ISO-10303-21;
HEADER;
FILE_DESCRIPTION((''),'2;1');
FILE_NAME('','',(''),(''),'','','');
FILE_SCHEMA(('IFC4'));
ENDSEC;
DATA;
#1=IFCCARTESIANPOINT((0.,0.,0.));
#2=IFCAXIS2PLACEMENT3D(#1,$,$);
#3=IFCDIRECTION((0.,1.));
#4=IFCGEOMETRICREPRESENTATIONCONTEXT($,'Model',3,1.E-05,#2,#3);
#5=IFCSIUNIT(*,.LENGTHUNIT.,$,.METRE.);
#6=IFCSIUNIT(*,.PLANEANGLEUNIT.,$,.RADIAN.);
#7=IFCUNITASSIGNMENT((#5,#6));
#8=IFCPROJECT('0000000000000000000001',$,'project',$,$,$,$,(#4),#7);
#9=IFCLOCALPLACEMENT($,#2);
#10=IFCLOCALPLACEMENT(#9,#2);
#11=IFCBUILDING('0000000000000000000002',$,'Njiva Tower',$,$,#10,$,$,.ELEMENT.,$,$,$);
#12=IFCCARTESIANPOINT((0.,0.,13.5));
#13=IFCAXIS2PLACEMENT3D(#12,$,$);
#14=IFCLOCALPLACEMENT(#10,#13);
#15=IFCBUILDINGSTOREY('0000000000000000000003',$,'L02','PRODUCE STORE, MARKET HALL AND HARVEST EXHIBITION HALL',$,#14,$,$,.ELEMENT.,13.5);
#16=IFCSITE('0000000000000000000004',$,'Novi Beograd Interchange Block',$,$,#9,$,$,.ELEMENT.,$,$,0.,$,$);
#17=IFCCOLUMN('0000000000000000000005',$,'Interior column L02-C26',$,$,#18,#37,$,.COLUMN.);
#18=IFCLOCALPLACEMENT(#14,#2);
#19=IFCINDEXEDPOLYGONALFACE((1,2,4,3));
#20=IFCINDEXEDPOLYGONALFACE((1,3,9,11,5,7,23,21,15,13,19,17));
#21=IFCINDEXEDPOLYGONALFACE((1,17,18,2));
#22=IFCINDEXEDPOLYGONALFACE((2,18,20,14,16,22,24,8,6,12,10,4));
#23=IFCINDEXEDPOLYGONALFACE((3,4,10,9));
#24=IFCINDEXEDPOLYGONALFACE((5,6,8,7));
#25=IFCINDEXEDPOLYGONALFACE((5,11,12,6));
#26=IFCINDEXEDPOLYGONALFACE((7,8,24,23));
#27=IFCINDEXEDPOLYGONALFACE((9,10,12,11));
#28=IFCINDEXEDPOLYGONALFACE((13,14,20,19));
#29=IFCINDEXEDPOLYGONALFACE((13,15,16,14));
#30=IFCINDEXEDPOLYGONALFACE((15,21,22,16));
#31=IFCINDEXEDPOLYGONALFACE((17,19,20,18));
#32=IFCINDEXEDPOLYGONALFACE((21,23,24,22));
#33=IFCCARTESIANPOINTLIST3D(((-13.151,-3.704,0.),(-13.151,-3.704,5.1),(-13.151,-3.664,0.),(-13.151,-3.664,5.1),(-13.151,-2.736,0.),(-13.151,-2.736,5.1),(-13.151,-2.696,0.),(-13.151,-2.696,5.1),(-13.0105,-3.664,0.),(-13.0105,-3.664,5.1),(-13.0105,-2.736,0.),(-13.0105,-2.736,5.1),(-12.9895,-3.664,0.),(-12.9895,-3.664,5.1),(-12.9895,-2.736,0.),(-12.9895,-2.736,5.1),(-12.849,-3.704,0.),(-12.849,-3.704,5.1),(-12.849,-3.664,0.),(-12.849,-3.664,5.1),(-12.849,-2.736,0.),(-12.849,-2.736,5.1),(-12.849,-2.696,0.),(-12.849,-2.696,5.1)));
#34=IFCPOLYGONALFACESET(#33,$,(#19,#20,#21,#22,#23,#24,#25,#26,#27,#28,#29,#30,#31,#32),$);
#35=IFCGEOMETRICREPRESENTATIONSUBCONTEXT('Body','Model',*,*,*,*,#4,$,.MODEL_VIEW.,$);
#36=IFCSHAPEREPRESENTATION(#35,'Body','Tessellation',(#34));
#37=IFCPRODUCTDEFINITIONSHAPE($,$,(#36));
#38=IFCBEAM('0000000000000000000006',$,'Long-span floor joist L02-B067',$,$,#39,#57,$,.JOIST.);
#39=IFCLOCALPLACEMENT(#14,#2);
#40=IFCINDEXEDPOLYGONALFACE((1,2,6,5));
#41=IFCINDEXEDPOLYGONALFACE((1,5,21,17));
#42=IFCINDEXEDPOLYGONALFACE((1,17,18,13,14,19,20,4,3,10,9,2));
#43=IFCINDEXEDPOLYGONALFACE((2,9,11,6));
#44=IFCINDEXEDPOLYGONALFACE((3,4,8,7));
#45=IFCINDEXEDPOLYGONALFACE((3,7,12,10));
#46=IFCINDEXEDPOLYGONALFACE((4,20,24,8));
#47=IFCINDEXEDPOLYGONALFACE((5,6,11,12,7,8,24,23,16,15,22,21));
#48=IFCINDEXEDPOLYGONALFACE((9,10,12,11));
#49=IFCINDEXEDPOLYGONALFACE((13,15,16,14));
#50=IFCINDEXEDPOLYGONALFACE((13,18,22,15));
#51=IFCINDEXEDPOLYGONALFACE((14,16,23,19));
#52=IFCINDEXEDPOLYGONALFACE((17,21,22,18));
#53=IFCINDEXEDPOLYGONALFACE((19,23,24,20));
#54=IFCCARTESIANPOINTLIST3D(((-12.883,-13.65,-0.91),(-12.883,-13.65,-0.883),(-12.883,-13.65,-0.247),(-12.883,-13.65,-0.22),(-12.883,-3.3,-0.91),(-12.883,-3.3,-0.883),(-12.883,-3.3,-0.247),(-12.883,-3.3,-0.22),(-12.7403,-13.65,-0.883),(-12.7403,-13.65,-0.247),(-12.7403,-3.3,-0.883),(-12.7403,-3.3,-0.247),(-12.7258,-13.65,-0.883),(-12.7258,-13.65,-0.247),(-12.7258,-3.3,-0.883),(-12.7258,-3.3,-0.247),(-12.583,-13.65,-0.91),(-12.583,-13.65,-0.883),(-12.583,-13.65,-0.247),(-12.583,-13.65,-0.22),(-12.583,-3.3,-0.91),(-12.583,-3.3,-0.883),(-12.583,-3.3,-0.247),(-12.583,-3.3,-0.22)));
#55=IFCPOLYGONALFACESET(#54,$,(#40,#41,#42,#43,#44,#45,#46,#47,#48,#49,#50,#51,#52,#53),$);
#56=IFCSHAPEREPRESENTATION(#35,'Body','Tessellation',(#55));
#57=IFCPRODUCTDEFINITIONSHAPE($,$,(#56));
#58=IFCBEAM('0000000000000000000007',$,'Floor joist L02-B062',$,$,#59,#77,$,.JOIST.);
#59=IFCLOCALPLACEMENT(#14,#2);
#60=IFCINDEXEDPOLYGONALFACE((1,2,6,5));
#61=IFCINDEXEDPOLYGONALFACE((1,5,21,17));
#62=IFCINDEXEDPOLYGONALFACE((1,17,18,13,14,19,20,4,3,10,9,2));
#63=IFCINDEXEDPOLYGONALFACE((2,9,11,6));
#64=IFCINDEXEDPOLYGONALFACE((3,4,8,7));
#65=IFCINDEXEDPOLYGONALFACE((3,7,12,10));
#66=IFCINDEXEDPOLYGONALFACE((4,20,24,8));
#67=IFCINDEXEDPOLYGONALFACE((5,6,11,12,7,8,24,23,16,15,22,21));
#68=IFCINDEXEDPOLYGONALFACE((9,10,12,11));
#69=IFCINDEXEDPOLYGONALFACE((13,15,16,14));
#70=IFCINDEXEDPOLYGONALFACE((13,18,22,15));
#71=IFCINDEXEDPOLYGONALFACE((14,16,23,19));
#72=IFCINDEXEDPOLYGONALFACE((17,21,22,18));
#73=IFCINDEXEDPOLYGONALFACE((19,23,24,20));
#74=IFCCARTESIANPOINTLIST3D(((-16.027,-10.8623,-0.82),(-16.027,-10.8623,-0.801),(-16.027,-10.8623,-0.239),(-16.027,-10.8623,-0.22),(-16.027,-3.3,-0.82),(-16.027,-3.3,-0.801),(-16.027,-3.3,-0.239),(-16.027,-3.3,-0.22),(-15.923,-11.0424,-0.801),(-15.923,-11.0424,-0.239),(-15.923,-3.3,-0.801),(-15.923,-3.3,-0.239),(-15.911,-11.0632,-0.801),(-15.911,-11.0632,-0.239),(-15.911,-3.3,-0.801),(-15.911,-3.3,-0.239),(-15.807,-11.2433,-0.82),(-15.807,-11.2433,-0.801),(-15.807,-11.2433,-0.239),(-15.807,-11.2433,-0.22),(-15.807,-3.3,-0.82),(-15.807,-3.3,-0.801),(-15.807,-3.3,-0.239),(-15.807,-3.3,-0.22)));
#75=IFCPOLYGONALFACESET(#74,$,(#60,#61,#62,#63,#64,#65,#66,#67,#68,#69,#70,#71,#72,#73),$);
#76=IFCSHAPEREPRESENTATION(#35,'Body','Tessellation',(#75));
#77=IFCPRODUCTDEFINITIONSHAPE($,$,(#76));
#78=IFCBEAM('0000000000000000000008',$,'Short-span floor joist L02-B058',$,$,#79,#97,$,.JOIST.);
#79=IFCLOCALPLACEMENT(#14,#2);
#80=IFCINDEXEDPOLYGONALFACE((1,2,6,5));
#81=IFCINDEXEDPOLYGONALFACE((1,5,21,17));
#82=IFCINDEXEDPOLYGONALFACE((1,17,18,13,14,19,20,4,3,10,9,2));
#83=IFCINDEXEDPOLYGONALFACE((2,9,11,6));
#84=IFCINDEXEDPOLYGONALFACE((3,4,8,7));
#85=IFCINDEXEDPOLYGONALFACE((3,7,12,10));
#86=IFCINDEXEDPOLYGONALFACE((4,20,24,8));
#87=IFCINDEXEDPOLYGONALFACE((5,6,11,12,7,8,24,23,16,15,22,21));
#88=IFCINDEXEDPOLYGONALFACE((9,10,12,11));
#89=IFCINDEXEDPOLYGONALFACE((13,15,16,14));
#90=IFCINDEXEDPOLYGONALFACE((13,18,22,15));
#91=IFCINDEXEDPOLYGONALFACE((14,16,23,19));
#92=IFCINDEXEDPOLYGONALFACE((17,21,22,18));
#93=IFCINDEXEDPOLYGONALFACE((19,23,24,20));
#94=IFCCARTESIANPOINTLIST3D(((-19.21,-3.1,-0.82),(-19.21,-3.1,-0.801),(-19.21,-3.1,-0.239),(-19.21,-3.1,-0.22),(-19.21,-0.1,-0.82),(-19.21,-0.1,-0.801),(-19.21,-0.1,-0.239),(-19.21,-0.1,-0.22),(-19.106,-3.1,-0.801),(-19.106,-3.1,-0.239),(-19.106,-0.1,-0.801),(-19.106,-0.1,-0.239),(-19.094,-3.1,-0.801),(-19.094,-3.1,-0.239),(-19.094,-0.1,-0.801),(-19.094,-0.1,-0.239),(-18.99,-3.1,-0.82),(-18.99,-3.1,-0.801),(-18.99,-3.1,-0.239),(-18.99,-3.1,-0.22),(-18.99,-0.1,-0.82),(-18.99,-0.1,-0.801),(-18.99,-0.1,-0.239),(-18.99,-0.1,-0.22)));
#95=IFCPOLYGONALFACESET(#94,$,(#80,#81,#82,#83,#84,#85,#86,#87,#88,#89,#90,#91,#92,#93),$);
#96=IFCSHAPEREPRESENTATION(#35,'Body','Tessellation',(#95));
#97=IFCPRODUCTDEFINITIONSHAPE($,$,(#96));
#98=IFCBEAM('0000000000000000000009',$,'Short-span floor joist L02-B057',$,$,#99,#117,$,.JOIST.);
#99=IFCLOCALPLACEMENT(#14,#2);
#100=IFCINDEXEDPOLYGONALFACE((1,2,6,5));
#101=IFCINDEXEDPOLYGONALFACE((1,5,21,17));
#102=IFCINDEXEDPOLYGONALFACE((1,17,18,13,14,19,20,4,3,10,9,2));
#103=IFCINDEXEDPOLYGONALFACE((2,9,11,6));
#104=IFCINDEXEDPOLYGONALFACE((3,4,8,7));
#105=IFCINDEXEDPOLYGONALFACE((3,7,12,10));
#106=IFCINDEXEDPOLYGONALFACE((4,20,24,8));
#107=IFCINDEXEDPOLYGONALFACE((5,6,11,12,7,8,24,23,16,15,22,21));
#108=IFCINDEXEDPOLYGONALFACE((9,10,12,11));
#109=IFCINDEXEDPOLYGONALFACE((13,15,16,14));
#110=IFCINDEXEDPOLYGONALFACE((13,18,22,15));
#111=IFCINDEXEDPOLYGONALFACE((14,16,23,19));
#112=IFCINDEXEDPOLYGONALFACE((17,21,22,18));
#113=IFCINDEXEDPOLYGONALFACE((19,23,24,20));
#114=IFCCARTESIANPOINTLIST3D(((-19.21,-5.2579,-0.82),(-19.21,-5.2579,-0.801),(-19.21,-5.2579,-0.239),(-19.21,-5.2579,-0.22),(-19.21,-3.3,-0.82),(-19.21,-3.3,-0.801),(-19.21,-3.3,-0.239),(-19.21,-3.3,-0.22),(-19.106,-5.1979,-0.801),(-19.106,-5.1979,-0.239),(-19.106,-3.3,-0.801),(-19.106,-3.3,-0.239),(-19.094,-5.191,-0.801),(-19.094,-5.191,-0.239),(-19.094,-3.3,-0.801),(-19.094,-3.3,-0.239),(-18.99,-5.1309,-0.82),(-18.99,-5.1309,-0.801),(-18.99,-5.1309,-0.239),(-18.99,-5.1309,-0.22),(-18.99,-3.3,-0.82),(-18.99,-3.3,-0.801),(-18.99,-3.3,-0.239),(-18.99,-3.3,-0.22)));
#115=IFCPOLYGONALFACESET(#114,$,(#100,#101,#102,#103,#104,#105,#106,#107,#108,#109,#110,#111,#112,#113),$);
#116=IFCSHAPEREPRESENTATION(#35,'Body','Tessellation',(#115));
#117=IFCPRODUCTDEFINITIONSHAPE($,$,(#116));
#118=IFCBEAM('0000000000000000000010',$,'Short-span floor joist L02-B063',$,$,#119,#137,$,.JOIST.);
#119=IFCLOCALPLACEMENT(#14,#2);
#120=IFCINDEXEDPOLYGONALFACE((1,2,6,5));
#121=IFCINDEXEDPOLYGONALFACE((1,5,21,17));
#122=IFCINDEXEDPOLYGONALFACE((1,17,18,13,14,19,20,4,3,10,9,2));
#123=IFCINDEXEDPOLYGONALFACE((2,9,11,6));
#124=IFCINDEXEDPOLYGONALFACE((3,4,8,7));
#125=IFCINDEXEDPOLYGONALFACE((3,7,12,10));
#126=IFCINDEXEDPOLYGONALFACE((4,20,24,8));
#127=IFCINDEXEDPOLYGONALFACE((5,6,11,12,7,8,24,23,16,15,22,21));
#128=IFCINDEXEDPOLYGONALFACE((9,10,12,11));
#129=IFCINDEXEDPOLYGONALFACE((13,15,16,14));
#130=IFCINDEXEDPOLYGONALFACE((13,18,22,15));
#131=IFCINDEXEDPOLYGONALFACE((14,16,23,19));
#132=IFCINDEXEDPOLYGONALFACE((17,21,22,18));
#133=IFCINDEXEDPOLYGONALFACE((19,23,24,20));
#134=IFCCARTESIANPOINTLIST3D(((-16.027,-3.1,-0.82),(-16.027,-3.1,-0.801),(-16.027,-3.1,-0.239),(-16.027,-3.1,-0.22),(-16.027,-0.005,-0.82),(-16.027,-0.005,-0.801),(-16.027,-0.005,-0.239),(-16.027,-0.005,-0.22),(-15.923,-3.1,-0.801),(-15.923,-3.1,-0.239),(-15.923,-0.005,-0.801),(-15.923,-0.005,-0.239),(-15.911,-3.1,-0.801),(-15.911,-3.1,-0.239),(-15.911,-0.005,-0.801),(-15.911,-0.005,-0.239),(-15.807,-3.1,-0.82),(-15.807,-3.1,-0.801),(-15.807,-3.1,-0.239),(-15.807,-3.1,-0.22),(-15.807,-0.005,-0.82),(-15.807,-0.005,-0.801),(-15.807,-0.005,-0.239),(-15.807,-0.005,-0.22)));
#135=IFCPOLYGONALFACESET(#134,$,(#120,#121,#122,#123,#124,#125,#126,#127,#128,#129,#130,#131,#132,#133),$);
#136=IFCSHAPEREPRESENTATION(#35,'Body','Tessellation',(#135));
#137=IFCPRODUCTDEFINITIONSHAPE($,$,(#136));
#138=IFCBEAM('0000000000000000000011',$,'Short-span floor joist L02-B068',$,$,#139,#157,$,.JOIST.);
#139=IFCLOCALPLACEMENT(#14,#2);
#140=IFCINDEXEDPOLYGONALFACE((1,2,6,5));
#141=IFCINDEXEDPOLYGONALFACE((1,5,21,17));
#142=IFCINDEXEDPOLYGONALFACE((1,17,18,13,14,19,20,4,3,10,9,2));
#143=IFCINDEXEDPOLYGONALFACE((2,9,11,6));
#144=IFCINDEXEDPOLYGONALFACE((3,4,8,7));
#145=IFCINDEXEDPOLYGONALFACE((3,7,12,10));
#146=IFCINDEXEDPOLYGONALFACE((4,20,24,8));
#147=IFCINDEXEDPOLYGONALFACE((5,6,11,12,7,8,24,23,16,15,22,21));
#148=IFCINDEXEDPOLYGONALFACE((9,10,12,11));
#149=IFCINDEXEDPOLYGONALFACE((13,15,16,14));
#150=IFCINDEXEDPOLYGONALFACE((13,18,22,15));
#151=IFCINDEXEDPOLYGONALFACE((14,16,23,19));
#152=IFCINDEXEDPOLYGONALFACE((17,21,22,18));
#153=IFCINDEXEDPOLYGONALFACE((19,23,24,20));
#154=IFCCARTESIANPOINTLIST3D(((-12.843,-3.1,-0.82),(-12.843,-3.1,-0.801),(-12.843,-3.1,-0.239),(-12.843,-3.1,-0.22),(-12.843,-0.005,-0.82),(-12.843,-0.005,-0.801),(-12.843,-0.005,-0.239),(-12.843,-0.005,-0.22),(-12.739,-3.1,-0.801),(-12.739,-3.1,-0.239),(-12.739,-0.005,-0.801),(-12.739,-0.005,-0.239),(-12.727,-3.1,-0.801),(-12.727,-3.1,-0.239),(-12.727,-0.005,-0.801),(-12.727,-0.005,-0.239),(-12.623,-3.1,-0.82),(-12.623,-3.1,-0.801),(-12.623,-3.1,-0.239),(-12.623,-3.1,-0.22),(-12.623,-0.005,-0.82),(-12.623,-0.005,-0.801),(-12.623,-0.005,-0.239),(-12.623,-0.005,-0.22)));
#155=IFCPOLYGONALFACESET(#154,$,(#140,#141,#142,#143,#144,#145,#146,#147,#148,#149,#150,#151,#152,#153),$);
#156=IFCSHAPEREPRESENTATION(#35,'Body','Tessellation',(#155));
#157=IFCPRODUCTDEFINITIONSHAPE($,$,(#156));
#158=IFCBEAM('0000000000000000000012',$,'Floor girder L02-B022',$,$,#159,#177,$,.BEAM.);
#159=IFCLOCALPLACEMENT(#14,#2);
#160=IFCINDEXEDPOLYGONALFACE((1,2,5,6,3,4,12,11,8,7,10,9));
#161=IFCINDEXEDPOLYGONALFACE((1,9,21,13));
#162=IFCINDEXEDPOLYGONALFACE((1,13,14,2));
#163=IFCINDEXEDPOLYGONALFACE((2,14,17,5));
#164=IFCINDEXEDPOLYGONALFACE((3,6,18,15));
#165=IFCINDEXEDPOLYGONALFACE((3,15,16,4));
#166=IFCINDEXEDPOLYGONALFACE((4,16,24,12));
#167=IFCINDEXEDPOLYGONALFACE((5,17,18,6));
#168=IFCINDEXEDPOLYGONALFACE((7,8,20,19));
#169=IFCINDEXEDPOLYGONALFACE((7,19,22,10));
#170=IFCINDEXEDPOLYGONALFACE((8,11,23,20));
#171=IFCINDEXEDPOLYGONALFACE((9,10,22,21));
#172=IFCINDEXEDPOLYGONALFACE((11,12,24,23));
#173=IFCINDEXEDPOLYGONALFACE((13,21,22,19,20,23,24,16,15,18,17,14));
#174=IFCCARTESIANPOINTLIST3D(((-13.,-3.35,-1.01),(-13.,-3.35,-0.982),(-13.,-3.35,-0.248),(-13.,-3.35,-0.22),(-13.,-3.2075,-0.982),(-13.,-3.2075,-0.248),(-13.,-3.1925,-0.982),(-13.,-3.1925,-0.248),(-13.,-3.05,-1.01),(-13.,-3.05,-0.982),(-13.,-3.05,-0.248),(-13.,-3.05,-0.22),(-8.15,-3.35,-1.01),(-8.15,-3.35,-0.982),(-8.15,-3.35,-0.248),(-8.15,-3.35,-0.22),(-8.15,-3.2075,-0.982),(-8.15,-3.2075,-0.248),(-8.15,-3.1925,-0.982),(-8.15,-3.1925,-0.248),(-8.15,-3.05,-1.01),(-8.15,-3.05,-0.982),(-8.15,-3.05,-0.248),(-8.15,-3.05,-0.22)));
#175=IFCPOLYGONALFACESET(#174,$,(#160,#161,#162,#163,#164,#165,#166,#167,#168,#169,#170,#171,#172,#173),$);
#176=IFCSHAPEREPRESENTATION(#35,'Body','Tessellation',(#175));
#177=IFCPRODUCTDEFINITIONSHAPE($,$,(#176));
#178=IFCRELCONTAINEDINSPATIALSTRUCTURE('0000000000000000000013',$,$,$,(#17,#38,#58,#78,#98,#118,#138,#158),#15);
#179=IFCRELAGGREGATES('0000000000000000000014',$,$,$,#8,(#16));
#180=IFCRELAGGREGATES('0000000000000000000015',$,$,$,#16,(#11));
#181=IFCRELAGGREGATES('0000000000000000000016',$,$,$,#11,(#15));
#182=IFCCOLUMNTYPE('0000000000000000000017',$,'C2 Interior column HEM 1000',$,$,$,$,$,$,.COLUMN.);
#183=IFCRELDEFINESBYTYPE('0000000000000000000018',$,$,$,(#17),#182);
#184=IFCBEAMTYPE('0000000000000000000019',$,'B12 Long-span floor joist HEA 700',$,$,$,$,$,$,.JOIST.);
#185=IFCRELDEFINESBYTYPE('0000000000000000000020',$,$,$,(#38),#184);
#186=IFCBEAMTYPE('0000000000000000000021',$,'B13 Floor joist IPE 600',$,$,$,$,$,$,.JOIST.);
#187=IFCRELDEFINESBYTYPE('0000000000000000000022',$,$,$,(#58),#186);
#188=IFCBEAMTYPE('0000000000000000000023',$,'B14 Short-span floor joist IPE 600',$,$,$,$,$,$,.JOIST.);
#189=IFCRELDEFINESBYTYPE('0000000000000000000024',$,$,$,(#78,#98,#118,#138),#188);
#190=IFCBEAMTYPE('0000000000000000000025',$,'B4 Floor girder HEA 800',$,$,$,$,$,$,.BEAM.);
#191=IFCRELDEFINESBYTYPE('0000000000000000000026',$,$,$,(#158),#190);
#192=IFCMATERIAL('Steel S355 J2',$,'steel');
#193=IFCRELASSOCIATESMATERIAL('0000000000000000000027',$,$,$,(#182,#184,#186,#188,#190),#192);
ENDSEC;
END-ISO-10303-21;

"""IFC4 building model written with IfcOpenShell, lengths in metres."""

from ifc_helpers import new_model, si_unit, direction, frame, origin, origin_2d, place, context, subcontext, project, spatial, i_section, extrude, clip, halfspace, material, material_profile, profile_set, type_object, element, save


model = new_model("IFC4")

# Units and contexts
model_context = context("Model", 3, precision=1e-05, world=origin(), true_north=direction((0.0, 1.0)))
body_context = subcontext(model_context, "Body", "Model", "MODEL_VIEW")
ifc_project = project(units=[si_unit("LENGTHUNIT", "METRE"), si_unit("PLANEANGLEUNIT", "RADIAN")], contexts=[model_context])

# Site, building, storey
site_placement = place(None, origin())
site = spatial("IfcSite", under=ifc_project, at=site_placement, Name="Novi Beograd Interchange Block", CompositionType="ELEMENT", RefElevation=0.0)
building_placement = place(site_placement, origin())
building = spatial("IfcBuilding", under=site, at=building_placement, Name="Njiva Tower", CompositionType="ELEMENT")
storey_placement = place(building_placement, frame((0.0, 0.0, 13.5)))
storey = spatial("IfcBuildingStorey", under=building, at=storey_placement, Name="L02", Description="PRODUCE STORE, MARKET HALL AND HARVEST EXHIBITION HALL", CompositionType="ELEMENT", Elevation=13.5)

# Column
ifc_material_1 = material(Name="Steel S355 J2", Category="steel")
ifc_material_profile_1 = material_profile(ifc_material_1, i_section(OverallWidth=0.302, OverallDepth=1.008, WebThickness=0.021, FlangeThickness=0.04, at=origin_2d()), Name="HEM 1000")
ifc_profile_set_1 = profile_set([ifc_material_profile_1], Name="Steel S355 J2")
column_type = type_object("IfcColumnType", Name="C2 Interior column HEM 1000", PredefinedType="COLUMN", material=ifc_profile_set_1)
column_placement = place(storey_placement, frame((-13.0, -3.2, 0.0), z_axis=(0.0, 0.0, 1.0), x_axis=(1.0, 0.0, 0.0)))
element("IfcColumn", 1, at=column_placement, inside=storey, type_object=column_type, Name="Interior column L02-C26", PredefinedType="COLUMN", context=body_context, shape_type="SweptSolid", body=[
    extrude(i_section(OverallWidth=0.302, OverallDepth=1.008, WebThickness=0.021, FlangeThickness=0.04, at=origin_2d()), origin(), (0.0, 0.0, 1.0), 5.1),
])

# Beams
ifc_material_profile_2 = material_profile(ifc_material_1, i_section(OverallWidth=0.3, OverallDepth=0.69, WebThickness=0.0145, FlangeThickness=0.027, at=origin_2d()), Name="HEA 700")
ifc_profile_set_2 = profile_set([ifc_material_profile_2], Name="Steel S355 J2")
beam_type_1 = type_object("IfcBeamType", Name="B12 Long-span floor joist HEA 700", PredefinedType="JOIST", material=ifc_profile_set_2)
beam_1_placement = place(storey_placement, frame((-12.733, -3.3, -0.565), z_axis=(0.0, -1.0, 0.0), x_axis=(1.0, 0.0, 0.0)))
element("IfcBeam", 2, at=beam_1_placement, inside=storey, type_object=beam_type_1, Name="Long-span floor joist L02-B067", PredefinedType="JOIST", context=body_context, shape_type="SweptSolid", body=[
    extrude(i_section(OverallWidth=0.3, OverallDepth=0.69, WebThickness=0.0145, FlangeThickness=0.027, at=origin_2d()), origin(), (0.0, 0.0, 1.0), 10.35),
])
ifc_material_profile_3 = material_profile(ifc_material_1, i_section(OverallWidth=0.22, OverallDepth=0.6, WebThickness=0.012, FlangeThickness=0.019, at=origin_2d()), Name="IPE 600")
ifc_profile_set_3 = profile_set([ifc_material_profile_3], Name="Steel S355 J2")
beam_type_2 = type_object("IfcBeamType", Name="B13 Floor joist IPE 600", PredefinedType="JOIST", material=ifc_profile_set_3)
beam_2_placement = place(storey_placement, frame((-15.917, -3.3, -0.52), z_axis=(0.0, -1.0, 0.0), x_axis=(1.0, 0.0, 0.0)))
element("IfcBeam", 3, at=beam_2_placement, inside=storey, type_object=beam_type_2, Name="Floor joist L02-B062", PredefinedType="JOIST", context=body_context, shape_type="Clipping", body=[
    clip(extrude(i_section(OverallWidth=0.22, OverallDepth=0.6, WebThickness=0.012, FlangeThickness=0.019, at=origin_2d()), origin(), (0.0, 0.0, 1.0), 7.964), halfspace(frame((-0.043, 0.0, 7.6783), z_axis=(-0.866027, 0.0, 0.499998), x_axis=(0.0, 1.0, 0.0)), False)),
])
ifc_material_profile_4 = material_profile(ifc_material_1, i_section(OverallWidth=0.22, OverallDepth=0.6, WebThickness=0.012, FlangeThickness=0.019, at=origin_2d()), Name="IPE 600")
ifc_profile_set_4 = profile_set([ifc_material_profile_4], Name="Steel S355 J2")
beam_type_3 = type_object("IfcBeamType", Name="B14 Short-span floor joist IPE 600", PredefinedType="JOIST", material=ifc_profile_set_4)
beam_3_placement = place(storey_placement, frame((-19.1, -0.1, -0.52), z_axis=(0.0, -1.0, 0.0), x_axis=(1.0, 0.0, 0.0)))
element("IfcBeam", 4, at=beam_3_placement, inside=storey, type_object=beam_type_3, Name="Short-span floor joist L02-B058", PredefinedType="JOIST", context=body_context, shape_type="SweptSolid", body=[
    extrude(i_section(OverallWidth=0.22, OverallDepth=0.6, WebThickness=0.012, FlangeThickness=0.019, at=origin_2d()), origin(), (0.0, 0.0, 1.0), 3.0),
])
beam_4_placement = place(storey_placement, frame((-19.1, -3.3, -0.52), z_axis=(0.0, -1.0, 0.0), x_axis=(1.0, 0.0, 0.0)))
element("IfcBeam", 5, at=beam_4_placement, inside=storey, type_object=beam_type_3, Name="Short-span floor joist L02-B057", PredefinedType="JOIST", context=body_context, shape_type="Clipping", body=[
    clip(extrude(i_section(OverallWidth=0.22, OverallDepth=0.6, WebThickness=0.012, FlangeThickness=0.019, at=origin_2d()), origin(), (0.0, 0.0, 1.0), 1.978), halfspace(frame((0.025, 0.0, 1.88), z_axis=(0.499998, 0.0, 0.866027), x_axis=(0.0, 1.0, 0.0)), False)),
])
for number, where, z_axis, x_axis, name in (
    (6, (-15.917, -0.005, -0.52), (0.0, -1.0, 0.0), (1.0, 0.0, 0.0), "Short-span floor joist L02-B063"),
    (7, (-12.733, -0.005, -0.52), (0.0, -1.0, 0.0), (1.0, 0.0, 0.0), "Short-span floor joist L02-B068"),
):
    element("IfcBeam", number, at=place(storey_placement, frame(where, z_axis=z_axis, x_axis=x_axis)), inside=storey, type_object=beam_type_3, Name=name, PredefinedType="JOIST", context=body_context, shape_type="SweptSolid", body=[
        extrude(i_section(OverallWidth=0.22, OverallDepth=0.6, WebThickness=0.012, FlangeThickness=0.019, at=origin_2d()), origin(), (0.0, 0.0, 1.0), 3.095),
    ])
ifc_material_profile_5 = material_profile(ifc_material_1, i_section(OverallWidth=0.3, OverallDepth=0.79, WebThickness=0.015, FlangeThickness=0.028, at=origin_2d()), Name="HEA 800")
ifc_profile_set_5 = profile_set([ifc_material_profile_5], Name="Steel S355 J2")
beam_type_4 = type_object("IfcBeamType", Name="B4 Floor girder HEA 800", PredefinedType="BEAM", material=ifc_profile_set_5)
beam_5_placement = place(storey_placement, frame((-13.0, -3.2, -0.615), z_axis=(1.0, 0.0, 0.0), x_axis=(0.0, 1.0, 0.0)))
element("IfcBeam", 8, at=beam_5_placement, inside=storey, type_object=beam_type_4, Name="Floor girder L02-B022", PredefinedType="BEAM", context=body_context, shape_type="SweptSolid", body=[
    extrude(i_section(OverallWidth=0.3, OverallDepth=0.79, WebThickness=0.015, FlangeThickness=0.028, at=origin_2d()), origin(), (0.0, 0.0, 1.0), 4.85),
])

save(model, "model.ifc")
